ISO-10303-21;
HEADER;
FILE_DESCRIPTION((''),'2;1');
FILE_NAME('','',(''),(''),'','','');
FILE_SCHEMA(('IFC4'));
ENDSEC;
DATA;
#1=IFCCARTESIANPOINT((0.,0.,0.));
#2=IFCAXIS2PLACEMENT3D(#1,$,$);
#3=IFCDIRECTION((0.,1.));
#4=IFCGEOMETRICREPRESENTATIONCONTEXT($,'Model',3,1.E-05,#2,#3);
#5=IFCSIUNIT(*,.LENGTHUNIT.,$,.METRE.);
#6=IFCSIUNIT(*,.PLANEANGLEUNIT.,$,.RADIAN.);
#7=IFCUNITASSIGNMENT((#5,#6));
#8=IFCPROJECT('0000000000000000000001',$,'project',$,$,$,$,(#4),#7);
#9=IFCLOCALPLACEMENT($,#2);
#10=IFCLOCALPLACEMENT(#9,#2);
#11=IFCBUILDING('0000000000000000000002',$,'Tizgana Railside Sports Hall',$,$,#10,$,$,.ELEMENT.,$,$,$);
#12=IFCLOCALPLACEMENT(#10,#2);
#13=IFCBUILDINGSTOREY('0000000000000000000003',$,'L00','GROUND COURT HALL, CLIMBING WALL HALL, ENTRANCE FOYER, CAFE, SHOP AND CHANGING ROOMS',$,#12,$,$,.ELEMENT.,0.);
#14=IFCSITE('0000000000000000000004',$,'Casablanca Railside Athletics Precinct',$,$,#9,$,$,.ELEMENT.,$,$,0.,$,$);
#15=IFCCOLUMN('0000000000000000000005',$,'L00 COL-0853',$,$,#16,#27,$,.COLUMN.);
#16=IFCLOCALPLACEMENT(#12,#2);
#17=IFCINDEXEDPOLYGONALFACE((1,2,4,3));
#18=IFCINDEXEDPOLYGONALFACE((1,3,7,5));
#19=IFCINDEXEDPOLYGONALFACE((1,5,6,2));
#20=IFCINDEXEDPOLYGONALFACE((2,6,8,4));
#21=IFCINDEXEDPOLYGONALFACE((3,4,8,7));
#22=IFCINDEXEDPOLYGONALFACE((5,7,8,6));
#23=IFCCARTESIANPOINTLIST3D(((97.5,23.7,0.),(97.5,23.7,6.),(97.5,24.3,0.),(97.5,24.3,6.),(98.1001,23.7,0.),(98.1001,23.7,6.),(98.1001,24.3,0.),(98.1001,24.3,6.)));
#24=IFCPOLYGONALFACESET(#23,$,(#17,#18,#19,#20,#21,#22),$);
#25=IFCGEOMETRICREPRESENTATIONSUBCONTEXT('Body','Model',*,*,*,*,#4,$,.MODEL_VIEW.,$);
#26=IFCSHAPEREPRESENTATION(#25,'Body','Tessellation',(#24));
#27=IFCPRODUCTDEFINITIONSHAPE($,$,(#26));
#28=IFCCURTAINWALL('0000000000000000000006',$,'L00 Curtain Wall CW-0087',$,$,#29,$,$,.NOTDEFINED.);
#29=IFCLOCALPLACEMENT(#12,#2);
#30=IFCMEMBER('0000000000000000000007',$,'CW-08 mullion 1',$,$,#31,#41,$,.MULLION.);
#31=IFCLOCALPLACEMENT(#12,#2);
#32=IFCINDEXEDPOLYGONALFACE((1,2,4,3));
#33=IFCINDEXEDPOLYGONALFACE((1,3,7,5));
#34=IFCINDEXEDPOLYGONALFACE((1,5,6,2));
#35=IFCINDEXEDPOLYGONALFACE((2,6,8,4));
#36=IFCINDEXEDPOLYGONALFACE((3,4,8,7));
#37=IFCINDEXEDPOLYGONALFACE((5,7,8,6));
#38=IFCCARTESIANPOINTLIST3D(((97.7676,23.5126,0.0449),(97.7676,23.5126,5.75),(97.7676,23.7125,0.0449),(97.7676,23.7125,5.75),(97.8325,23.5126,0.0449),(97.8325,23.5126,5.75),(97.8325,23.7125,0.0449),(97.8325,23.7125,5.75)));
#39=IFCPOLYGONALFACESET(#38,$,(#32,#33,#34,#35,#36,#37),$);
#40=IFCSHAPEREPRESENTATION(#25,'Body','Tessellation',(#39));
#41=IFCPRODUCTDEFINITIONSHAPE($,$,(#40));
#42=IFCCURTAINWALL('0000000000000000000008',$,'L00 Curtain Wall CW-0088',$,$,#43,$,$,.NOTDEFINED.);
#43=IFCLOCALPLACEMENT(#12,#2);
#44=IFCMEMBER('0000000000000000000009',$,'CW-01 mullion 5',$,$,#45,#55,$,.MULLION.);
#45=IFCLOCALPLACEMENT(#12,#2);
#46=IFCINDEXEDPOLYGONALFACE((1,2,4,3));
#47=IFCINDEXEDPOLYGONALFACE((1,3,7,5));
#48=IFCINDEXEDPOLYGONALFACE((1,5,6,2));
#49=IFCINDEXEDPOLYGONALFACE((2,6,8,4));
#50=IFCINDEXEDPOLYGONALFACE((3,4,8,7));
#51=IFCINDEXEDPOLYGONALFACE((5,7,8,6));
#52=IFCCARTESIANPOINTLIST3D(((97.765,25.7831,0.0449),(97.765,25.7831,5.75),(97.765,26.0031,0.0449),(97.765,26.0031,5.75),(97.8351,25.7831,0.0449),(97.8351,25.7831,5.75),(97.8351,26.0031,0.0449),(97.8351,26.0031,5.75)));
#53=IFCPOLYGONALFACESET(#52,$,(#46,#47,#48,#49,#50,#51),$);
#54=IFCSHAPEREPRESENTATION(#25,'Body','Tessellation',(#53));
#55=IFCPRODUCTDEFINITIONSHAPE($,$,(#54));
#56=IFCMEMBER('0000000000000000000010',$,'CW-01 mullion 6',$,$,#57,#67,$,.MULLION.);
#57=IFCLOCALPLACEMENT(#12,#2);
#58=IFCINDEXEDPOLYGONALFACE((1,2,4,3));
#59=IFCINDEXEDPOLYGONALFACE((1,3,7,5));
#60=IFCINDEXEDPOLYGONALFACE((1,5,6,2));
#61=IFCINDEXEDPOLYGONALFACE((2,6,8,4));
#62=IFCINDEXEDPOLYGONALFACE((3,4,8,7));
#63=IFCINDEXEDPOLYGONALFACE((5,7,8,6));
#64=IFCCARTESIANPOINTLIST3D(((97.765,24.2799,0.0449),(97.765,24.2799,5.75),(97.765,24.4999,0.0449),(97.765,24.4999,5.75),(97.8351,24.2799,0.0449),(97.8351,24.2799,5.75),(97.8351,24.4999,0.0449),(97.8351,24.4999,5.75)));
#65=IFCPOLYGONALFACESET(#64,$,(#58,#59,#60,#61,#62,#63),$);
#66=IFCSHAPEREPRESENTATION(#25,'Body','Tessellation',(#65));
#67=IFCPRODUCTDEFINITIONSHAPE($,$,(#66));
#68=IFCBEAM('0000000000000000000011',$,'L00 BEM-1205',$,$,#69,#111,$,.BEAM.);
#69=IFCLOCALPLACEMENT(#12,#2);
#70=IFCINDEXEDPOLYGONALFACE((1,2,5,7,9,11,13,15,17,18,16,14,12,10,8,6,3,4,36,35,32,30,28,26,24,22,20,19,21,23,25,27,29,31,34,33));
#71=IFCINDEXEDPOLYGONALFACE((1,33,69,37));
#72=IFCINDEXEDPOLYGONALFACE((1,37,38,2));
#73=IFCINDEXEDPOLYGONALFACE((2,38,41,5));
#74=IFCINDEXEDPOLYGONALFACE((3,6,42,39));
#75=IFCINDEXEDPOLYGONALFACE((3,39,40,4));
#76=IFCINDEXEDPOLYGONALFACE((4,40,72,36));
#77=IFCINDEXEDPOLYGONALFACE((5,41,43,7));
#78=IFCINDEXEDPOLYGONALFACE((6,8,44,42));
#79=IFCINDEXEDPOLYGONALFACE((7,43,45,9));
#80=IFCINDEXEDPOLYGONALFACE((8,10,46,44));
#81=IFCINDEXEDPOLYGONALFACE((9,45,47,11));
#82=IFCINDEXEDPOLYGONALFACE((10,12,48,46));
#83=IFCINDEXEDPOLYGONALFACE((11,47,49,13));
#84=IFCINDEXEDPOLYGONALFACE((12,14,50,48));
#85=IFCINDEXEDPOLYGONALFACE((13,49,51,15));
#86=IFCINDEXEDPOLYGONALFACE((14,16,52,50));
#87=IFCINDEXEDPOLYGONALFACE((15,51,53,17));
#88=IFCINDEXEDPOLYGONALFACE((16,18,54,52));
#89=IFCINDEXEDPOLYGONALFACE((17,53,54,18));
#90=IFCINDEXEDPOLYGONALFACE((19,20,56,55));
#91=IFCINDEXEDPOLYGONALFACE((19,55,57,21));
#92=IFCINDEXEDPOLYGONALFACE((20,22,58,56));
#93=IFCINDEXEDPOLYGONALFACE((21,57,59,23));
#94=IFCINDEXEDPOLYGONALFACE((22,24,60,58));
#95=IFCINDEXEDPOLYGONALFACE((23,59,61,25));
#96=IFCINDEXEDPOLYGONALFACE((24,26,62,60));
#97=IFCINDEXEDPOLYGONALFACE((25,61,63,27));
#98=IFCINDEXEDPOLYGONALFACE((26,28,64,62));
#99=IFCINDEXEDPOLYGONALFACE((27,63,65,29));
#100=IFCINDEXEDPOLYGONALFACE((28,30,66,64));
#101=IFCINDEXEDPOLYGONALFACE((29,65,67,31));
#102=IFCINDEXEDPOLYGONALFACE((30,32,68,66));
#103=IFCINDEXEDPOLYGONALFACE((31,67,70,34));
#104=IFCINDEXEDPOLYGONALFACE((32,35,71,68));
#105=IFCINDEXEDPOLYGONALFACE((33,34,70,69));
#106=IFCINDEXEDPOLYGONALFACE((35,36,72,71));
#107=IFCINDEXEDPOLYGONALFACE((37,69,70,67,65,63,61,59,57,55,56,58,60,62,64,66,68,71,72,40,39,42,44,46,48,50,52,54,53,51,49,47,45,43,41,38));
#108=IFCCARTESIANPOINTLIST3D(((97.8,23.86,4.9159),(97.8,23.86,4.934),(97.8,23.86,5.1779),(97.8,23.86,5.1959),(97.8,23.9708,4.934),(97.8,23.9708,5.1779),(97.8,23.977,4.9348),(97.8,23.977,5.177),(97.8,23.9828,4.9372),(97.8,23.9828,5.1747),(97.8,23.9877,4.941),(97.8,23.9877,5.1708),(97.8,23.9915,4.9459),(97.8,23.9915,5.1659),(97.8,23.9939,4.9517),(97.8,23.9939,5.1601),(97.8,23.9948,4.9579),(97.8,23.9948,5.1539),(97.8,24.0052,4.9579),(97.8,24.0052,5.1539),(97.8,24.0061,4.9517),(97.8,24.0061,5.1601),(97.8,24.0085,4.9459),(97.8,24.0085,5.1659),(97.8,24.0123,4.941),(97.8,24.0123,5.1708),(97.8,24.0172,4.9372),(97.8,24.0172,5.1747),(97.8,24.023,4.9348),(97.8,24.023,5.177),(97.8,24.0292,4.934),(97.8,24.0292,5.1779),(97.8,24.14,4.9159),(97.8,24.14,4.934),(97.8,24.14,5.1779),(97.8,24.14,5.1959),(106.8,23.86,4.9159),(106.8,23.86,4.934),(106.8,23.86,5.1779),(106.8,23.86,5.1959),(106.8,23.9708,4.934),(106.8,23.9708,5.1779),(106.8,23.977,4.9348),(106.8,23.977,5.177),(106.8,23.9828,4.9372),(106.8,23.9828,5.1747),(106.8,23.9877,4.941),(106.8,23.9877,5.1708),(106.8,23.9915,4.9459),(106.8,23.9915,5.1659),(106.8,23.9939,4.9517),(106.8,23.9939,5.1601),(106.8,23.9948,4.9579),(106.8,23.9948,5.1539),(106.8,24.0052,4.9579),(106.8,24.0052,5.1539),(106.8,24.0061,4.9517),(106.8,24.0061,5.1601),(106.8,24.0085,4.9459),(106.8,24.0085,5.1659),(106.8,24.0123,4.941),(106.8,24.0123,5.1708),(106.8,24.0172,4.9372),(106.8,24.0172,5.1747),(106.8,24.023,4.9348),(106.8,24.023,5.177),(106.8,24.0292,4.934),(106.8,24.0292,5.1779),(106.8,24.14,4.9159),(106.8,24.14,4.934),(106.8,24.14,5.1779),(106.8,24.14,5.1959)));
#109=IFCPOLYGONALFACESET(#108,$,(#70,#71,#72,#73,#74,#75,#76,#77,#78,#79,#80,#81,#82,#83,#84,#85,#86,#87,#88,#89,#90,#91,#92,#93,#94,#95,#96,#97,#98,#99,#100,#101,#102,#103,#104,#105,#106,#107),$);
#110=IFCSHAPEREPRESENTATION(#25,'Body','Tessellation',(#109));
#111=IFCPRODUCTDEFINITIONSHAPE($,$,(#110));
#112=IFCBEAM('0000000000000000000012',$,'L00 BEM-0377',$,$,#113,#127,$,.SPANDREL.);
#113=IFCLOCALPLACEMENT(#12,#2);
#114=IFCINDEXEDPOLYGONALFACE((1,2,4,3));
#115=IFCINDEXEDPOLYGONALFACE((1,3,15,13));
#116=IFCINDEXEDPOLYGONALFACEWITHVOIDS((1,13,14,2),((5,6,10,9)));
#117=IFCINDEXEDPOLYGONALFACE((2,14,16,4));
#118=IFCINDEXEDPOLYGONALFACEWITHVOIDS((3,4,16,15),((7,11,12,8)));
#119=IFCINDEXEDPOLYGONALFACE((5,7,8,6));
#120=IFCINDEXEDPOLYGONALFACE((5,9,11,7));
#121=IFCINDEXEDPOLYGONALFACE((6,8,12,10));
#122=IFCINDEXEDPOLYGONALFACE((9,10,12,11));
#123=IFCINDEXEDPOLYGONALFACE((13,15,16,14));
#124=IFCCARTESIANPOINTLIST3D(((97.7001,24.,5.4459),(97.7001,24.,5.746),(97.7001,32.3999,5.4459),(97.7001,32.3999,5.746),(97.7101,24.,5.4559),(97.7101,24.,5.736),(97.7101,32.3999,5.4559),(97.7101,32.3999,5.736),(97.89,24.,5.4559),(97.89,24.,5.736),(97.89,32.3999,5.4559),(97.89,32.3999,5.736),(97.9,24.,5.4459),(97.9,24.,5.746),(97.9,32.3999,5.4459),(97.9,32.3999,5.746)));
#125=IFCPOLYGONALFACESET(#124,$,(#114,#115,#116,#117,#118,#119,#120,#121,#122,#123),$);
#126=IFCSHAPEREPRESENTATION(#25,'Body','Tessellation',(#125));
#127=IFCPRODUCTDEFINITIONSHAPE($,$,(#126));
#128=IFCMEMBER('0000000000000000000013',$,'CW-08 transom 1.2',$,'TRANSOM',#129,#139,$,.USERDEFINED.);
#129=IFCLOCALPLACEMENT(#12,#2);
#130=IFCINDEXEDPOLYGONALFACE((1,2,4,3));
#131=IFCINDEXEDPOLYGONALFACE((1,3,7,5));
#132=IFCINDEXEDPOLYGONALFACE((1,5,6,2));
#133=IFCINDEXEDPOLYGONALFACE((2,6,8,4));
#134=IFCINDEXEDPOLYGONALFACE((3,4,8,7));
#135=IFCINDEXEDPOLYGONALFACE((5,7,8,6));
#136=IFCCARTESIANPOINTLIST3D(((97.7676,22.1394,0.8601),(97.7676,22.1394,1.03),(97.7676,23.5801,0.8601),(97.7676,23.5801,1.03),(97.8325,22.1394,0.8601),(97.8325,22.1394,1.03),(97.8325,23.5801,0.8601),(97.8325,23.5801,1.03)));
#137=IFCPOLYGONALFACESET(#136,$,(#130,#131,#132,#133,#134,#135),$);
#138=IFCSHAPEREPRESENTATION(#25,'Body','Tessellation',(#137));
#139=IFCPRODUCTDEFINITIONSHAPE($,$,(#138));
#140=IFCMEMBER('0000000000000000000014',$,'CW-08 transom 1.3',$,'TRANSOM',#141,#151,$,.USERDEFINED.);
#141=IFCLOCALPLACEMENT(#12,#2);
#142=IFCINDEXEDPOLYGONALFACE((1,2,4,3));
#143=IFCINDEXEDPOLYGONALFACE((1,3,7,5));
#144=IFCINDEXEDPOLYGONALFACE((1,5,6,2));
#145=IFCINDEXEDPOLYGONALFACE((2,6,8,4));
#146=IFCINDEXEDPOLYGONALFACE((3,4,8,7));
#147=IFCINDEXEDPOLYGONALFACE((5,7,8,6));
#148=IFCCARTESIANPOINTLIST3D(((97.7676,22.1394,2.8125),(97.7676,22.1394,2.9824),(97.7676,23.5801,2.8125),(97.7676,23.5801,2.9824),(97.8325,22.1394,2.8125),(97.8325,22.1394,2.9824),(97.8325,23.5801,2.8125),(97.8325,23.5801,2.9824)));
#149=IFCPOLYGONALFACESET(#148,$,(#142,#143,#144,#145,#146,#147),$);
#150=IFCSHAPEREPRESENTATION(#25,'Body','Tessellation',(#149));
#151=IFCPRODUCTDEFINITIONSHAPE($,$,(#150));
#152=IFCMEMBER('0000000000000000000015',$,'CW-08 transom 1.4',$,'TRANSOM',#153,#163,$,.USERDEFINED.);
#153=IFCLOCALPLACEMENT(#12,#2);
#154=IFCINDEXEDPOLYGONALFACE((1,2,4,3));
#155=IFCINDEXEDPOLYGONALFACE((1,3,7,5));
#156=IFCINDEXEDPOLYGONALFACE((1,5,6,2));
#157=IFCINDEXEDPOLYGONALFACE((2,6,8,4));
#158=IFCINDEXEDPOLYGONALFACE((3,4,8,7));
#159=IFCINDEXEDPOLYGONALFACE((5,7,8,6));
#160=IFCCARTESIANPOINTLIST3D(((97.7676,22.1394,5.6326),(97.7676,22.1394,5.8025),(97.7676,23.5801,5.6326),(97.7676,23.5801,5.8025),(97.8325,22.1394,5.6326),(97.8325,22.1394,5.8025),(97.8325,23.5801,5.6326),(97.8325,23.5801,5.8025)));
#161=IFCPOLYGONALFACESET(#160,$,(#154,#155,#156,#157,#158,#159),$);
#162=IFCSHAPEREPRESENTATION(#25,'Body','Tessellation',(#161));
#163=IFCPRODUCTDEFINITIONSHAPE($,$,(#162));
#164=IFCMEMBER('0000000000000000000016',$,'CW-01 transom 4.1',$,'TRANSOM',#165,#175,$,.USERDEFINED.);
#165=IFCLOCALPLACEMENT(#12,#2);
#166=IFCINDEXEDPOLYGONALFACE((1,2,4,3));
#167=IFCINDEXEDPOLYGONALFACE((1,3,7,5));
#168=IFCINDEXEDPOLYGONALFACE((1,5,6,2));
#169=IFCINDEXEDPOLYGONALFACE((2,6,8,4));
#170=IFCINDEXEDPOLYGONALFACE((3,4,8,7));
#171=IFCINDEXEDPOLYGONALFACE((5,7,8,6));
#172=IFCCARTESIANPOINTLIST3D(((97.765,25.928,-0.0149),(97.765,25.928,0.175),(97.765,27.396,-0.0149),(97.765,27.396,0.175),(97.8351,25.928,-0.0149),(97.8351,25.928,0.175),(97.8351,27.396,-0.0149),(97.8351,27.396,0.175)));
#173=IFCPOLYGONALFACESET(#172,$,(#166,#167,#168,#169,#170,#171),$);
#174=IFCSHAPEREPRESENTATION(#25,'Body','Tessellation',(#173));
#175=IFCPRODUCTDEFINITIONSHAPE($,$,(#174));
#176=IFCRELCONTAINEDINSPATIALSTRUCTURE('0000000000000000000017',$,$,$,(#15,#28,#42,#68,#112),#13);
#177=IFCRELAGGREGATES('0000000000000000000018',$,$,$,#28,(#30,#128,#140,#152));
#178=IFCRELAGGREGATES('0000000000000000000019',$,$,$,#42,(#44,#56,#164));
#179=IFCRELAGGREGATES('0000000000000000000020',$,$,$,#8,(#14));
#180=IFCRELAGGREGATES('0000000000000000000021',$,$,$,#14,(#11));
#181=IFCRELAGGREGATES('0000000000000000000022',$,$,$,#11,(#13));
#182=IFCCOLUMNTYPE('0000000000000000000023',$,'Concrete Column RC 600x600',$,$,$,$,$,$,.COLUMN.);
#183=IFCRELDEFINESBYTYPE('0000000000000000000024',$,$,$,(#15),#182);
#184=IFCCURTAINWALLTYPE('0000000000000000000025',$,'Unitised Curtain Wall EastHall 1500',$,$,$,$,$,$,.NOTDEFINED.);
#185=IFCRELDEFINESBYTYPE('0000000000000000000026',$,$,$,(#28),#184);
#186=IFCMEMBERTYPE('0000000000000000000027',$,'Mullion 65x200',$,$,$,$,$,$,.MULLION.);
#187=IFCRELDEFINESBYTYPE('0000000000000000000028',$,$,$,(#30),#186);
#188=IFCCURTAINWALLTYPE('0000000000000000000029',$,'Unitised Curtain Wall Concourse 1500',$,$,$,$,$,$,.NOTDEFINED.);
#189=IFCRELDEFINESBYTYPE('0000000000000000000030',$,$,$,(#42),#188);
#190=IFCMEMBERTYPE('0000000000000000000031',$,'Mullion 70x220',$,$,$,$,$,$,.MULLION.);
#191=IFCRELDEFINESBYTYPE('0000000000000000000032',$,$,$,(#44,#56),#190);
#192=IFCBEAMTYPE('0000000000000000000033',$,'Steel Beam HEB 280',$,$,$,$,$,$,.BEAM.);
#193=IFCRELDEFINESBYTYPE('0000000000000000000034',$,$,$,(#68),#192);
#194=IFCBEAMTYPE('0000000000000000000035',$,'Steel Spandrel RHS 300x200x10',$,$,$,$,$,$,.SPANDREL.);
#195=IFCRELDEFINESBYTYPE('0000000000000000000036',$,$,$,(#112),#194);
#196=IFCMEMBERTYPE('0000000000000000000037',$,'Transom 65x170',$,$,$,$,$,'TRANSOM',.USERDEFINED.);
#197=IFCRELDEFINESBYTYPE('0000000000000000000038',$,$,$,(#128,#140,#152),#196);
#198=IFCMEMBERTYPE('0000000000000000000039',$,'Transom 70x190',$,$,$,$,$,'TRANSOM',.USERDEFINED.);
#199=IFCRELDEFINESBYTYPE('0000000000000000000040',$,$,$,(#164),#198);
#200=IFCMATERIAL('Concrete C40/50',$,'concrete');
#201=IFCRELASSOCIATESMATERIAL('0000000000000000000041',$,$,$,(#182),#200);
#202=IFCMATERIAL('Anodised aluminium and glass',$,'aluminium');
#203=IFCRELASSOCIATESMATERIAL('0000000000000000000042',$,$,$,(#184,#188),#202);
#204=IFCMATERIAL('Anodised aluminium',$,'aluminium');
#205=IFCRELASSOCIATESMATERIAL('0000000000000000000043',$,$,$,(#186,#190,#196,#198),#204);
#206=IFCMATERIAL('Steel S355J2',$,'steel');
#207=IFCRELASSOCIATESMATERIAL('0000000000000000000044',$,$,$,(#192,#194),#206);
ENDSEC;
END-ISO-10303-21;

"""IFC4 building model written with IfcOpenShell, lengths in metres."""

from ifc_helpers import new_model, si_unit, direction, frame, origin, origin_2d, place, context, subcontext, project, spatial, rectangle, hollow_rectangle, i_section, extrude, material, material_profile, profile_set, type_object, element, aggregate, save


model = new_model("IFC4")

# Units and contexts
model_context = context("Model", 3, precision=1e-05, world=origin(), true_north=direction((0.0, 1.0)))
body_context = subcontext(model_context, "Body", "Model", "MODEL_VIEW")
ifc_project = project(units=[si_unit("LENGTHUNIT", "METRE"), si_unit("PLANEANGLEUNIT", "RADIAN")], contexts=[model_context])

# Site, building, storey
site_placement = place(None, origin())
site = spatial("IfcSite", under=ifc_project, at=site_placement, Name="Casablanca Railside Athletics Precinct", CompositionType="ELEMENT", RefElevation=0.0)
building_placement = place(site_placement, origin())
building = spatial("IfcBuilding", under=site, at=building_placement, Name="Tizgana Railside Sports Hall", CompositionType="ELEMENT")
storey_placement = place(building_placement, origin())
storey = spatial("IfcBuildingStorey", under=building, at=storey_placement, Name="L00", Description="GROUND COURT HALL, CLIMBING WALL HALL, ENTRANCE FOYER, CAFE, SHOP AND CHANGING ROOMS", CompositionType="ELEMENT", Elevation=0.0)

# Column
ifc_material_1 = material(Name="Concrete C40/50", Category="concrete")
ifc_material_profile_1 = material_profile(ifc_material_1, rectangle(XDim=0.6001, YDim=0.6001, at=origin_2d()), Name="RC 600x600")
ifc_profile_set_1 = profile_set([ifc_material_profile_1], Name="Concrete C40/50")
column_type = type_object("IfcColumnType", Name="Concrete Column RC 600x600", PredefinedType="COLUMN", material=ifc_profile_set_1)
column_placement = place(storey_placement, frame((97.8, 24.0, 0.0), z_axis=(0.0, 0.0, 1.0), x_axis=(1.0, 0.0, 0.0)))
element("IfcColumn", 1, at=column_placement, inside=storey, type_object=column_type, Name="L00 COL-0853", PredefinedType="COLUMN", context=body_context, shape_type="SweptSolid", body=[
    extrude(rectangle(XDim=0.6001, YDim=0.6001, at=origin_2d()), origin(), (0.0, 0.0, 1.0), 6.0),
])

# Curtain wall, member
ifc_material_2 = material(Name="Anodised aluminium and glass", Category="aluminium")
curtain_wall_type_1 = type_object("IfcCurtainWallType", Name="Unitised Curtain Wall EastHall 1500", PredefinedType="NOTDEFINED", material=ifc_material_2)
curtain_wall_1_placement = place(storey_placement, origin())
curtain_wall_1 = element("IfcCurtainWall", 2, at=curtain_wall_1_placement, inside=storey, type_object=curtain_wall_type_1, Name="L00 Curtain Wall CW-0087", PredefinedType="NOTDEFINED")
ifc_material_3 = material(Name="Anodised aluminium", Category="aluminium")
ifc_material_profile_2 = material_profile(ifc_material_3, rectangle(XDim=0.0649, YDim=0.2, at=origin_2d()), Name="Mullion 65x200")
ifc_profile_set_2 = profile_set([ifc_material_profile_2], Name="Anodised aluminium")
member_type_1 = type_object("IfcMemberType", Name="Mullion 65x200", PredefinedType="MULLION", material=ifc_profile_set_2)
member_1_placement = place(storey_placement, frame((97.8, 23.6125, 0.0449), z_axis=(0.0, 0.0, 1.0), x_axis=(1.0, 0.0, 0.0)))
member_1 = element("IfcMember", 3, at=member_1_placement, type_object=member_type_1, Name="CW-08 mullion 1", PredefinedType="MULLION", context=body_context, shape_type="SweptSolid", body=[
    extrude(rectangle(XDim=0.0649, YDim=0.2, at=origin_2d()), origin(), (0.0, 0.0, 1.0), 5.7051),
])

# Curtain wall, members
curtain_wall_type_2 = type_object("IfcCurtainWallType", Name="Unitised Curtain Wall Concourse 1500", PredefinedType="NOTDEFINED", material=ifc_material_2)
curtain_wall_2_placement = place(storey_placement, origin())
curtain_wall_2 = element("IfcCurtainWall", 4, at=curtain_wall_2_placement, inside=storey, type_object=curtain_wall_type_2, Name="L00 Curtain Wall CW-0088", PredefinedType="NOTDEFINED")
ifc_material_profile_3 = material_profile(ifc_material_3, rectangle(XDim=0.0701, YDim=0.22, at=origin_2d()), Name="Mullion 70x220")
ifc_profile_set_3 = profile_set([ifc_material_profile_3], Name="Anodised aluminium")
member_type_2 = type_object("IfcMemberType", Name="Mullion 70x220", PredefinedType="MULLION", material=ifc_profile_set_3)
member_2_placement = place(storey_placement, frame((97.8, 25.8931, 0.0449), z_axis=(0.0, 0.0, 1.0), x_axis=(1.0, 0.0, 0.0)))
member_2 = element("IfcMember", 5, at=member_2_placement, type_object=member_type_2, Name="CW-01 mullion 5", PredefinedType="MULLION", context=body_context, shape_type="SweptSolid", body=[
    extrude(rectangle(XDim=0.0701, YDim=0.22, at=origin_2d()), origin(), (0.0, 0.0, 1.0), 5.7051),
])
member_3_placement = place(storey_placement, frame((97.8, 24.3899, 0.0449), z_axis=(0.0, 0.0, 1.0), x_axis=(1.0, 0.0, 0.0)))
member_3 = element("IfcMember", 6, at=member_3_placement, type_object=member_type_2, Name="CW-01 mullion 6", PredefinedType="MULLION", context=body_context, shape_type="SweptSolid", body=[
    extrude(rectangle(XDim=0.0701, YDim=0.22, at=origin_2d()), origin(), (0.0, 0.0, 1.0), 5.7051),
])

# Beams
ifc_material_4 = material(Name="Steel S355J2", Category="steel")
ifc_material_profile_4 = material_profile(ifc_material_4, i_section(OverallWidth=0.28, OverallDepth=0.28, WebThickness=0.0105, FlangeThickness=0.0181, FilletRadius=0.0239, at=origin_2d()), Name="HEB 280")
ifc_profile_set_4 = profile_set([ifc_material_profile_4], Name="Steel S355J2")
beam_type_1 = type_object("IfcBeamType", Name="Steel Beam HEB 280", PredefinedType="BEAM", material=ifc_profile_set_4)
beam_1_placement = place(storey_placement, frame((97.8, 24.0, 5.0559), z_axis=(1.0, 0.0, 0.0), x_axis=(0.0, 1.0, 0.0)))
element("IfcBeam", 7, at=beam_1_placement, inside=storey, type_object=beam_type_1, Name="L00 BEM-1205", PredefinedType="BEAM", context=body_context, shape_type="SweptSolid", body=[
    extrude(i_section(OverallWidth=0.28, OverallDepth=0.28, WebThickness=0.0105, FlangeThickness=0.0181, FilletRadius=0.0239, at=origin_2d()), origin(), (0.0, 0.0, 1.0), 9.0),
])
ifc_material_profile_5 = material_profile(ifc_material_4, hollow_rectangle(XDim=0.2, YDim=0.3, WallThickness=0.01, at=origin_2d()), Name="RHS 300x200x10")
ifc_profile_set_5 = profile_set([ifc_material_profile_5], Name="Steel S355J2")
beam_type_2 = type_object("IfcBeamType", Name="Steel Spandrel RHS 300x200x10", PredefinedType="SPANDREL", material=ifc_profile_set_5)
beam_2_placement = place(storey_placement, frame((97.8, 24.0, 5.5959), z_axis=(0.0, 1.0, 0.0), x_axis=(-1.0, 0.0, 0.0)))
element("IfcBeam", 8, at=beam_2_placement, inside=storey, type_object=beam_type_2, Name="L00 BEM-0377", PredefinedType="SPANDREL", context=body_context, shape_type="SweptSolid", body=[
    extrude(hollow_rectangle(XDim=0.2, YDim=0.3, WallThickness=0.01, at=origin_2d()), origin(), (0.0, 0.0, 1.0), 8.3999),
])

# Members
ifc_material_profile_6 = material_profile(ifc_material_3, rectangle(XDim=0.0649, YDim=0.1699, at=origin_2d()), Name="Transom 65x170")
ifc_profile_set_6 = profile_set([ifc_material_profile_6], Name="Anodised aluminium")
member_type_3 = type_object("IfcMemberType", Name="Transom 65x170", ElementType="TRANSOM", PredefinedType="USERDEFINED", material=ifc_profile_set_6)
member_4_placement = place(storey_placement, frame((97.8, 23.5801, 0.9451), z_axis=(0.0, -1.0, 0.0), x_axis=(1.0, 0.0, 0.0)))
member_4 = element("IfcMember", 9, at=member_4_placement, type_object=member_type_3, Name="CW-08 transom 1.2", ObjectType="TRANSOM", PredefinedType="USERDEFINED", context=body_context, shape_type="SweptSolid", body=[
    extrude(rectangle(XDim=0.0649, YDim=0.1699, at=origin_2d()), origin(), (0.0, 0.0, 1.0), 1.4407),
])
member_5_placement = place(storey_placement, frame((97.8, 23.5801, 2.8975), z_axis=(0.0, -1.0, 0.0), x_axis=(1.0, 0.0, 0.0)))
member_5 = element("IfcMember", 10, at=member_5_placement, type_object=member_type_3, Name="CW-08 transom 1.3", ObjectType="TRANSOM", PredefinedType="USERDEFINED", context=body_context, shape_type="SweptSolid", body=[
    extrude(rectangle(XDim=0.0649, YDim=0.1699, at=origin_2d()), origin(), (0.0, 0.0, 1.0), 1.4407),
])
member_6_placement = place(storey_placement, frame((97.8, 23.5801, 5.7175), z_axis=(0.0, -1.0, 0.0), x_axis=(1.0, 0.0, 0.0)))
member_6 = element("IfcMember", 11, at=member_6_placement, type_object=member_type_3, Name="CW-08 transom 1.4", ObjectType="TRANSOM", PredefinedType="USERDEFINED", context=body_context, shape_type="SweptSolid", body=[
    extrude(rectangle(XDim=0.0649, YDim=0.1699, at=origin_2d()), origin(), (0.0, 0.0, 1.0), 1.4407),
])
aggregate(curtain_wall_1, [member_1, member_4, member_5, member_6])
ifc_material_profile_7 = material_profile(ifc_material_3, rectangle(XDim=0.0701, YDim=0.1899, at=origin_2d()), Name="Transom 70x190")
ifc_profile_set_7 = profile_set([ifc_material_profile_7], Name="Anodised aluminium")
member_type_4 = type_object("IfcMemberType", Name="Transom 70x190", ElementType="TRANSOM", PredefinedType="USERDEFINED", material=ifc_profile_set_7)
member_7_placement = place(storey_placement, frame((97.8, 27.396, 0.0801), z_axis=(0.0, -1.0, 0.0), x_axis=(1.0, 0.0, 0.0)))
member_7 = element("IfcMember", 12, at=member_7_placement, type_object=member_type_4, Name="CW-01 transom 4.1", ObjectType="TRANSOM", PredefinedType="USERDEFINED", context=body_context, shape_type="SweptSolid", body=[
    extrude(rectangle(XDim=0.0701, YDim=0.1899, at=origin_2d()), origin(), (0.0, 0.0, 1.0), 1.468),
])

aggregate(curtain_wall_2, [member_2, member_3, member_7])

save(model, "model.ifc")
